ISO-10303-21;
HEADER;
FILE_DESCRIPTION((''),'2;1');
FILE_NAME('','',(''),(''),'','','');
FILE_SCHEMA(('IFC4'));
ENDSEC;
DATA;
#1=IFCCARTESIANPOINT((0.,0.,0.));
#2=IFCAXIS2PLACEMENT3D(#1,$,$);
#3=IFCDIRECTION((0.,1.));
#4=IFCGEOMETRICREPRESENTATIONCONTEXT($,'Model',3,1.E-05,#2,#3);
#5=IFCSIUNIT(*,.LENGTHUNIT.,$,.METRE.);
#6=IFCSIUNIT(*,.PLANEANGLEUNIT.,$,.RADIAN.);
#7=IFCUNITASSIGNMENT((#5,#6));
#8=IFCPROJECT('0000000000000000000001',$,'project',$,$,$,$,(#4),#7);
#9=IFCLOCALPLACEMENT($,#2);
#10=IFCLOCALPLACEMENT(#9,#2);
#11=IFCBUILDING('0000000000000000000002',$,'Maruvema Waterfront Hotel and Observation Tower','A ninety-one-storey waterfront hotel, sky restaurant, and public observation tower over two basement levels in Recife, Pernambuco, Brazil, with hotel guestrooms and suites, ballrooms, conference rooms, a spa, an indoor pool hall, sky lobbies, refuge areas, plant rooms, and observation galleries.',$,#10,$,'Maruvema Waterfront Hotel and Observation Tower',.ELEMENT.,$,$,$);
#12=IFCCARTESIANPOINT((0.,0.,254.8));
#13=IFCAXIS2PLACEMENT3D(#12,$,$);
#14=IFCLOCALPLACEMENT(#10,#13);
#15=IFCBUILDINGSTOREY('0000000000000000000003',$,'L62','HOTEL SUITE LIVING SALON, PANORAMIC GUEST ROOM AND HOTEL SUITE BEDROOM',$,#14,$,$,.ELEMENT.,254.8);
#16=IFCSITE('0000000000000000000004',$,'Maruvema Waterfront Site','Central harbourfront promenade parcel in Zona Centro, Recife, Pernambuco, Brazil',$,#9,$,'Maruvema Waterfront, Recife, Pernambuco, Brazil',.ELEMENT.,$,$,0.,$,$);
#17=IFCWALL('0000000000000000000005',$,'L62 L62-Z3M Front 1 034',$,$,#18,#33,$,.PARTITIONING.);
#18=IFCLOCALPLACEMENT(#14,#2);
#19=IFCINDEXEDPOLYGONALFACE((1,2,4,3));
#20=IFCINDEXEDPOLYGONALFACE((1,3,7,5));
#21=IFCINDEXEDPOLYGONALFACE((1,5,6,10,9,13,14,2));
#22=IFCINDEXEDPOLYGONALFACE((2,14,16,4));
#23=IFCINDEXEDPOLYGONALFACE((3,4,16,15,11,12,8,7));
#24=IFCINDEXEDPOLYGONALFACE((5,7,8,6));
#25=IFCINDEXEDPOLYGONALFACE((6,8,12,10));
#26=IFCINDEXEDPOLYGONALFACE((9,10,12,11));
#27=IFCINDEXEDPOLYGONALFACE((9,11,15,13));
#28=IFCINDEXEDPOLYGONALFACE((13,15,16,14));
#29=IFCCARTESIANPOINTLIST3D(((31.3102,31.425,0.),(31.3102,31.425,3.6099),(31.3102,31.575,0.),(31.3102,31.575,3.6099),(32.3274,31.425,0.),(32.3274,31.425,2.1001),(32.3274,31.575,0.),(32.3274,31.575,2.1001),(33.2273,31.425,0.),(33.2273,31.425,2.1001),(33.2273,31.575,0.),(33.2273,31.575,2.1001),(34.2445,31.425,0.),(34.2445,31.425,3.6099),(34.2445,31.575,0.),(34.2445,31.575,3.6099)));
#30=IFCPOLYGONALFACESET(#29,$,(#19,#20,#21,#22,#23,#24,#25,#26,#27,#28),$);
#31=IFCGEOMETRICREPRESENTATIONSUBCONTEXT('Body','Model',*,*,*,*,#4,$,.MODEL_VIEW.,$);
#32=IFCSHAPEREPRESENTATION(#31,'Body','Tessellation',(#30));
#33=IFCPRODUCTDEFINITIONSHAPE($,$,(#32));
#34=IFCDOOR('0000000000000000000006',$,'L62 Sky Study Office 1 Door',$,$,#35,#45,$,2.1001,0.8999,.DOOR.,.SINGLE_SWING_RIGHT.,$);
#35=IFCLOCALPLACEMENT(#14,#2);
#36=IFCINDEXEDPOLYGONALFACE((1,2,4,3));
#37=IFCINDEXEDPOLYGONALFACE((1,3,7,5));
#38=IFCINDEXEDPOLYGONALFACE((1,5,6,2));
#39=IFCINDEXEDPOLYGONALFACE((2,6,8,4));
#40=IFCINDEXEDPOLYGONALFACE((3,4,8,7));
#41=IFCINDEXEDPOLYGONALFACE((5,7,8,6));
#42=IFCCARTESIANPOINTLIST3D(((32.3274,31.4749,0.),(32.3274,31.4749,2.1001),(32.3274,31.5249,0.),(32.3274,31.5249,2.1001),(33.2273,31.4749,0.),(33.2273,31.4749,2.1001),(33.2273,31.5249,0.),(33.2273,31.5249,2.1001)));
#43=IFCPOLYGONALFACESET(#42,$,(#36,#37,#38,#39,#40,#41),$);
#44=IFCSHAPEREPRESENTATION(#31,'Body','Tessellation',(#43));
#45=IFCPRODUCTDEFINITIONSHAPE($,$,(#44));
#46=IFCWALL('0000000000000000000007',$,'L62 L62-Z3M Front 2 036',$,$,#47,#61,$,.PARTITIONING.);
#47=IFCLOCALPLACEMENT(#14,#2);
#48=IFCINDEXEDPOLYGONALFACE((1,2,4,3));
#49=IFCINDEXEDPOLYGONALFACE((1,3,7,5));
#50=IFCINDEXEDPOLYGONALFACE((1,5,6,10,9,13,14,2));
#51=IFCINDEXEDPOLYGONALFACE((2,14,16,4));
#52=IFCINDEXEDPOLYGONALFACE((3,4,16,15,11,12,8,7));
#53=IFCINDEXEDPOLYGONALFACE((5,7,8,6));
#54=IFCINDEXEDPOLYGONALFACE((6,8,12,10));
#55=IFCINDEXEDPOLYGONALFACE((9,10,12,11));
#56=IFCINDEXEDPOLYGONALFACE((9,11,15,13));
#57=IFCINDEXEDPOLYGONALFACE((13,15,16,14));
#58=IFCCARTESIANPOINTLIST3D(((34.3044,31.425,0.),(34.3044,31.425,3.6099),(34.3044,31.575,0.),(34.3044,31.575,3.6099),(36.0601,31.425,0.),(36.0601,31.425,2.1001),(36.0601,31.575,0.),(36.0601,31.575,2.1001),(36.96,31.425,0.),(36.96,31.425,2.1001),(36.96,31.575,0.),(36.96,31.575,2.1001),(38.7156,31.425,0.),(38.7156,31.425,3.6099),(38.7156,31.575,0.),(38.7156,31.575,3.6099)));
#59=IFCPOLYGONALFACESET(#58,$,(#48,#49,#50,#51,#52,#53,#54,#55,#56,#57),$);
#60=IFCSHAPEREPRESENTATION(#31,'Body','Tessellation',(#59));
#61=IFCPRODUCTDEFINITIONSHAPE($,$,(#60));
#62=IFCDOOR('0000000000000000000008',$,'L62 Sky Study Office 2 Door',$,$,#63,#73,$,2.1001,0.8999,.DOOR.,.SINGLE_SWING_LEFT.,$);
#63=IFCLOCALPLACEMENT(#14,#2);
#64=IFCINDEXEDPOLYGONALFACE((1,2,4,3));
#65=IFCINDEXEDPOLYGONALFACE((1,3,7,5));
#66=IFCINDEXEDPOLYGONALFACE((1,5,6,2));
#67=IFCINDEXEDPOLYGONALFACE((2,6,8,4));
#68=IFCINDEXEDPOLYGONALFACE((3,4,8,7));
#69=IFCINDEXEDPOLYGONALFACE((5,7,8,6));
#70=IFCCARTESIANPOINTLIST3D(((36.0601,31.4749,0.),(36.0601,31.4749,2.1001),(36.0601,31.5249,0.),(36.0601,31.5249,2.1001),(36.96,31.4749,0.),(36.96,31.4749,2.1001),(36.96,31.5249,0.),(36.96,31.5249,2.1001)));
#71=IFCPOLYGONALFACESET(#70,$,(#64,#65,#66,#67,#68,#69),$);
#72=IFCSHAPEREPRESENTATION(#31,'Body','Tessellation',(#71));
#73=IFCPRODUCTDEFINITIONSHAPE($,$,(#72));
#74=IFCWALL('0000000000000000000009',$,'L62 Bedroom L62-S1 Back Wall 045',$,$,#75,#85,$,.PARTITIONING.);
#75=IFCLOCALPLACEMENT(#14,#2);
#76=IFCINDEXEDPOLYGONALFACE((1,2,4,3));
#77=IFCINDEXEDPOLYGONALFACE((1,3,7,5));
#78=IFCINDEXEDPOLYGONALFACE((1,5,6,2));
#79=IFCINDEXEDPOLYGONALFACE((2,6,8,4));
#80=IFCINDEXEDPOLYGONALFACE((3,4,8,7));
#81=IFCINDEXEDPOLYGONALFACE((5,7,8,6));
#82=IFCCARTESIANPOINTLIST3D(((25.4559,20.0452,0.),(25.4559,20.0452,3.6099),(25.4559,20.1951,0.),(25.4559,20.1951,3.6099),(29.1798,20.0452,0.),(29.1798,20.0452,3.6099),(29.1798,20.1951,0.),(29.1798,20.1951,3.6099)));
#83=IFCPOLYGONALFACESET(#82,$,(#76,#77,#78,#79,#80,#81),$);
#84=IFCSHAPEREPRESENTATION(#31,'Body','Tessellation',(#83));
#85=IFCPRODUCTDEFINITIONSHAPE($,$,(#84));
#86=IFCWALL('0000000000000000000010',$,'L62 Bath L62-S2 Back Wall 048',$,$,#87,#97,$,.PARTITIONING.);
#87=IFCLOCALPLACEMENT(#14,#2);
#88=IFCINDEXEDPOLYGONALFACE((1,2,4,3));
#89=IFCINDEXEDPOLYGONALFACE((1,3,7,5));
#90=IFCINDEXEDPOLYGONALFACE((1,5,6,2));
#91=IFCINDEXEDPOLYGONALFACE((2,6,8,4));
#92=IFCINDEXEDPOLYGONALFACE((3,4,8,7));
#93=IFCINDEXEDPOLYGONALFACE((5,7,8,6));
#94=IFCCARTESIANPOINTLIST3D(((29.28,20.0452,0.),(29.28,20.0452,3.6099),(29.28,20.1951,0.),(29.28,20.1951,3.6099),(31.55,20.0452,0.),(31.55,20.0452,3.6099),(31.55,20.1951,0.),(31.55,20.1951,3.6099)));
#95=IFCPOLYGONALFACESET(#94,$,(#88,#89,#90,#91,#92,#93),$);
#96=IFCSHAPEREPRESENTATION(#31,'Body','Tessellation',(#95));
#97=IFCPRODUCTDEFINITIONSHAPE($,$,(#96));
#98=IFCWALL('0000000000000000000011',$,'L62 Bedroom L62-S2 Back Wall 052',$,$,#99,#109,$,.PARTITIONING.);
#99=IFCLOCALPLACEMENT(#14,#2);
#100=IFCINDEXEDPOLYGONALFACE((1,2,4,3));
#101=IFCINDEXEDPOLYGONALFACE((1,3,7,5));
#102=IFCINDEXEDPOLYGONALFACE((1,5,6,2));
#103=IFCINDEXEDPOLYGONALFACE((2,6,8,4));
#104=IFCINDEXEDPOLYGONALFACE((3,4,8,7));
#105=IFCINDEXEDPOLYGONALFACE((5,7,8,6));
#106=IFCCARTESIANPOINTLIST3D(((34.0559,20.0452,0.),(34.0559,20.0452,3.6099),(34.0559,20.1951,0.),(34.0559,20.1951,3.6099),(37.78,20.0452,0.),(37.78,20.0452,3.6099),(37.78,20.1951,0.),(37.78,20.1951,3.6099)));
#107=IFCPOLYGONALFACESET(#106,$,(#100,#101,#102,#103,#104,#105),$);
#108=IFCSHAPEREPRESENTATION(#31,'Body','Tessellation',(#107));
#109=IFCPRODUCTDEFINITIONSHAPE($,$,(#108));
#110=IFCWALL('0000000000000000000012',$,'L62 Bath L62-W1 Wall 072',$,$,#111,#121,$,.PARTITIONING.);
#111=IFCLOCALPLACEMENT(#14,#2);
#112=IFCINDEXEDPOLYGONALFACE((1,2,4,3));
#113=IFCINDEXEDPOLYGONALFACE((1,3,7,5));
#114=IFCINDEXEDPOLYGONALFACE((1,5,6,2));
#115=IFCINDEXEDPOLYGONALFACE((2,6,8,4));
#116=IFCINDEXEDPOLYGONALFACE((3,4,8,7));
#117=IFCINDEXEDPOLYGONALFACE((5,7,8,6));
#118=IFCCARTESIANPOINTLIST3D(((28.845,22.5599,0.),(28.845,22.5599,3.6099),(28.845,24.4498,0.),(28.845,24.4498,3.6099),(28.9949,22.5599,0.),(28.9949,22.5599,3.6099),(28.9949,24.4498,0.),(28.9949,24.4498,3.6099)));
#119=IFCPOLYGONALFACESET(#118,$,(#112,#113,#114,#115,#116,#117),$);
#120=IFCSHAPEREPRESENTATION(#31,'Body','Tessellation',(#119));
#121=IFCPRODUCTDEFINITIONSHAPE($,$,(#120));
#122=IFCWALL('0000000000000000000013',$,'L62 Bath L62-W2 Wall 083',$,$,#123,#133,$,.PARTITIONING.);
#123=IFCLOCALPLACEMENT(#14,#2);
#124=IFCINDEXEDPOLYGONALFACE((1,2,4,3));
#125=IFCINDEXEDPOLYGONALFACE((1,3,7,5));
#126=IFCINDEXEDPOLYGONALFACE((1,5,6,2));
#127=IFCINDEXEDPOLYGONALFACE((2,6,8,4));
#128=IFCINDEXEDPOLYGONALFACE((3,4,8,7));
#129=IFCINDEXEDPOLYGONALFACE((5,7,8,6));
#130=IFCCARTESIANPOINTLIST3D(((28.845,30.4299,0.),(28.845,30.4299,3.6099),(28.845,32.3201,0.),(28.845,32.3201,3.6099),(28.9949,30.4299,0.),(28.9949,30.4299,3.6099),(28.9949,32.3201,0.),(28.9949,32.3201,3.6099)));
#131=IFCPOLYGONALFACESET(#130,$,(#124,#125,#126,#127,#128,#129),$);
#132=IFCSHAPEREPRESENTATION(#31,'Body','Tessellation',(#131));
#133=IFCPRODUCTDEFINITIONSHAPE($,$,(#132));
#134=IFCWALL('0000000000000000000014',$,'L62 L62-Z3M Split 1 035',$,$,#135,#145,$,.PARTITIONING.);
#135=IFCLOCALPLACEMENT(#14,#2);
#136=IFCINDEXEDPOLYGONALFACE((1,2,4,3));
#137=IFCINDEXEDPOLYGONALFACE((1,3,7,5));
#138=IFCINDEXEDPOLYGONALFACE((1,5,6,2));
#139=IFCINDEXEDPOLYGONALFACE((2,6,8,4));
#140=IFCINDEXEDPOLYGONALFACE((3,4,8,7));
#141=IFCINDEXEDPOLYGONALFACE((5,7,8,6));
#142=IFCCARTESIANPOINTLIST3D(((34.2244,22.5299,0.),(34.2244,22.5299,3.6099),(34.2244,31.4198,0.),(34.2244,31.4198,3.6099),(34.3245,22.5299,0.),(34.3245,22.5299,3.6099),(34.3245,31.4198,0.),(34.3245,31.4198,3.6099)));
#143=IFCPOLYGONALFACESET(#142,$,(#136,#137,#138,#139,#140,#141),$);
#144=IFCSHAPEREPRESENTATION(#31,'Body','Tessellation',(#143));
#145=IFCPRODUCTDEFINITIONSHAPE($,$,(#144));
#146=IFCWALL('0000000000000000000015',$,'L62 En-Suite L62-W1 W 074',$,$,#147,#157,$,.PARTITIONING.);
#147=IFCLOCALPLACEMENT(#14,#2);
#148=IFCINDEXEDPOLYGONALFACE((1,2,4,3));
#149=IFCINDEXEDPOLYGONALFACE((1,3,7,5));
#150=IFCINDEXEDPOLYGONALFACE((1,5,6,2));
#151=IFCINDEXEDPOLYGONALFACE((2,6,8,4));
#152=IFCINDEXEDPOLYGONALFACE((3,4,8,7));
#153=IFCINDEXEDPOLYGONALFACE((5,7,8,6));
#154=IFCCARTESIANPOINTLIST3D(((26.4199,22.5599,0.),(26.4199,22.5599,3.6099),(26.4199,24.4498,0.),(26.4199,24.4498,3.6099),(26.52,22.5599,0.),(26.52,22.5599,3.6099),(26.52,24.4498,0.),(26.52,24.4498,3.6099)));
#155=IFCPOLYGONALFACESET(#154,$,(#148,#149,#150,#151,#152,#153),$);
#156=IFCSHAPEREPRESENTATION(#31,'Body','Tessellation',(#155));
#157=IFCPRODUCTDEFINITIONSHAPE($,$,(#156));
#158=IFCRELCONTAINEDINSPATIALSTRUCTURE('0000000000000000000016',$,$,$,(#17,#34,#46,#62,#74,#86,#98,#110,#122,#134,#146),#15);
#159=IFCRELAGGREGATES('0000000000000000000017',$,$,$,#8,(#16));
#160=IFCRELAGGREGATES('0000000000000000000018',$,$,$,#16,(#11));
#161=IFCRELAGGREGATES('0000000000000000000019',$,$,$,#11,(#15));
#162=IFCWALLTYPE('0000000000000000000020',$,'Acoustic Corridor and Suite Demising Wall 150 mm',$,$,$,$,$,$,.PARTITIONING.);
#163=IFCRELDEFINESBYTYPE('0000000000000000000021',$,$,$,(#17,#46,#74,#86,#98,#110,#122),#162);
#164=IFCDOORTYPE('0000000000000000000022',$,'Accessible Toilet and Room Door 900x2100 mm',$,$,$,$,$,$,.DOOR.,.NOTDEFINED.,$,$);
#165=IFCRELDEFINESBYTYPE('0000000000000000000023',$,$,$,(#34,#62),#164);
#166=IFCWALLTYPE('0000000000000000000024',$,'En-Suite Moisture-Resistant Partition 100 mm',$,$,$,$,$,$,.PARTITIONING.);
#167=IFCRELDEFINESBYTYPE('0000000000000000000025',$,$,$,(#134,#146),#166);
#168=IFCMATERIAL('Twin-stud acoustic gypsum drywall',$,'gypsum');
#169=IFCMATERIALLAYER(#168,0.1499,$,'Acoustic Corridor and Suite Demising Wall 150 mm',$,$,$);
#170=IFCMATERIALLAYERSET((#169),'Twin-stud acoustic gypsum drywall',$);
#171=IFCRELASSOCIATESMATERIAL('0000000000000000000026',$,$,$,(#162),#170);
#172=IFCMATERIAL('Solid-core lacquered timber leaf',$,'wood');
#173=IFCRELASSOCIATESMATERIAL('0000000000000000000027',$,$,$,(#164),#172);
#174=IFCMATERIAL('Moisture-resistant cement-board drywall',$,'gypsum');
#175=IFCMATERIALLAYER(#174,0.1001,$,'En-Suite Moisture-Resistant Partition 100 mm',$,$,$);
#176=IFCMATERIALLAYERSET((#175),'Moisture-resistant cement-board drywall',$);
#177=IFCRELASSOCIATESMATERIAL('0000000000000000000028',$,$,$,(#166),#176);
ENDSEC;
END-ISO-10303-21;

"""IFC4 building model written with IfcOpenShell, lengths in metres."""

from ifc_helpers import new_model, si_unit, direction, frame, frame_2d, origin, place, context, subcontext, project, spatial, rectangle, extrude, material, layer, layer_set, type_object, element, fill, save


model = new_model("IFC4")

# Units and contexts
model_context = context("Model", 3, precision=1e-05, world=origin(), true_north=direction((0.0, 1.0)))
body_context = subcontext(model_context, "Body", "Model", "MODEL_VIEW")
ifc_project = project(units=[si_unit("LENGTHUNIT", "METRE"), si_unit("PLANEANGLEUNIT", "RADIAN")], contexts=[model_context])

# Site, building, storey
site_placement = place(None, origin())
site = spatial("IfcSite", under=ifc_project, at=site_placement, Name="Maruvema Waterfront Site", Description="Central harbourfront promenade parcel in Zona Centro, Recife, Pernambuco, Brazil", LongName="Maruvema Waterfront, Recife, Pernambuco, Brazil", CompositionType="ELEMENT", RefElevation=0.0)
building_placement = place(site_placement, origin())
building = spatial("IfcBuilding", under=site, at=building_placement, Name="Maruvema Waterfront Hotel and Observation Tower", Description="A ninety-one-storey waterfront hotel, sky restaurant, and public observation tower over two basement levels in Recife, Pernambuco, Brazil, with hotel guestrooms and suites, ballrooms, conference rooms, a spa, an indoor pool hall, sky lobbies, refuge areas, plant rooms, and observation galleries.", LongName="Maruvema Waterfront Hotel and Observation Tower", CompositionType="ELEMENT")
storey_placement = place(building_placement, frame((0.0, 0.0, 254.8)))
storey = spatial("IfcBuildingStorey", under=building, at=storey_placement, Name="L62", Description="HOTEL SUITE LIVING SALON, PANORAMIC GUEST ROOM AND HOTEL SUITE BEDROOM", CompositionType="ELEMENT", Elevation=254.8)

# Shared definitions
ifc_material_1 = material(Name="Twin-stud acoustic gypsum drywall", Category="gypsum")
ifc_layer_1 = layer(ifc_material_1, 0.1499, Name="Acoustic Corridor and Suite Demising Wall 150 mm")
ifc_layer_set_1 = layer_set([ifc_layer_1], Name="Twin-stud acoustic gypsum drywall")
wall_type_1 = type_object("IfcWallType", Name="Acoustic Corridor and Suite Demising Wall 150 mm", PredefinedType="PARTITIONING", material=ifc_layer_set_1)

# Walls, openings, doors
wall_1_placement = place(storey_placement, frame((31.3101, 31.5, 0.0), z_axis=(0.0, 0.0, 1.0), x_axis=(1.0, 0.0, 0.0)))
wall_1 = element("IfcWall", 1, at=wall_1_placement, inside=storey, type_object=wall_type_1, Name="L62 L62-Z3M Front 1 034", PredefinedType="PARTITIONING", context=body_context, shape_type="SweptSolid", body=[
    extrude(rectangle(XDim=2.9343, YDim=0.1499, at=frame_2d((1.4673, 0.0))), origin(), (0.0, 0.0, 1.0), 3.6099),
])
opening_1_placement = place(wall_1_placement, frame((1.0173, 0.0, 0.0)))
opening_1 = element("IfcOpeningElement", 2, at=opening_1_placement, cuts=wall_1, PredefinedType="OPENING", context=body_context, shape_type="SweptSolid", body=[
    extrude(rectangle(XDim=0.8999, YDim=2.1001, at=frame_2d((0.45, 1.05))), frame((0.0, 0.085, 0.0), z_axis=(0.0, -1.0, 0.0), x_axis=(1.0, 0.0, 0.0)), (0.0, 0.0, 1.0), 0.1699),
])
ifc_material_2 = material(Name="Solid-core lacquered timber leaf", Category="wood")
door_type_1 = type_object("IfcDoorType", Name="Accessible Toilet and Room Door 900x2100 mm", OperationType="NOTDEFINED", PredefinedType="DOOR", material=ifc_material_2)
door_1_placement = place(opening_1_placement, origin())
door_1 = element("IfcDoor", 3, at=door_1_placement, inside=storey, type_object=door_type_1, Name="L62 Sky Study Office 1 Door", OperationType="SINGLE_SWING_RIGHT", OverallHeight=2.1001, OverallWidth=0.8999, PredefinedType="DOOR", context=body_context, shape_type="SweptSolid", body=[
    extrude(rectangle(XDim=0.8999, YDim=2.1001, at=frame_2d((0.45, 1.05))), frame((0.0, 0.0249, 0.0), z_axis=(0.0, -1.0, 0.0), x_axis=(1.0, 0.0, 0.0)), (0.0, 0.0, 1.0), 0.05),
])
fill(opening_1, door_1)
wall_2_placement = place(storey_placement, frame((34.3044, 31.5, 0.0), z_axis=(0.0, 0.0, 1.0), x_axis=(1.0, 0.0, 0.0)))
wall_2 = element("IfcWall", 4, at=wall_2_placement, inside=storey, type_object=wall_type_1, Name="L62 L62-Z3M Front 2 036", PredefinedType="PARTITIONING", context=body_context, shape_type="SweptSolid", body=[
    extrude(rectangle(XDim=4.4111, YDim=0.1499, at=frame_2d((2.2056, 0.0))), origin(), (0.0, 0.0, 1.0), 3.6099),
])
opening_2_placement = place(wall_2_placement, frame((1.7556, 0.0, 0.0)))
opening_2 = element("IfcOpeningElement", 5, at=opening_2_placement, cuts=wall_2, PredefinedType="OPENING", context=body_context, shape_type="SweptSolid", body=[
    extrude(rectangle(XDim=0.8999, YDim=2.1001, at=frame_2d((0.45, 1.05))), frame((0.0, 0.085, 0.0), z_axis=(0.0, -1.0, 0.0), x_axis=(1.0, 0.0, 0.0)), (0.0, 0.0, 1.0), 0.1699),
])
door_2_placement = place(opening_2_placement, origin())
door_2 = element("IfcDoor", 6, at=door_2_placement, inside=storey, type_object=door_type_1, Name="L62 Sky Study Office 2 Door", OperationType="SINGLE_SWING_LEFT", OverallHeight=2.1001, OverallWidth=0.8999, PredefinedType="DOOR", context=body_context, shape_type="SweptSolid", body=[
    extrude(rectangle(XDim=0.8999, YDim=2.1001, at=frame_2d((0.45, 1.05))), frame((0.0, 0.0249, 0.0), z_axis=(0.0, -1.0, 0.0), x_axis=(1.0, 0.0, 0.0)), (0.0, 0.0, 1.0), 0.05),
])
fill(opening_2, door_2)

# Walls
wall_3_placement = place(storey_placement, frame((25.4561, 20.1201, 0.0), z_axis=(0.0, 0.0, 1.0), x_axis=(1.0, 0.0, 0.0)))
element("IfcWall", 7, at=wall_3_placement, inside=storey, type_object=wall_type_1, Name="L62 Bedroom L62-S1 Back Wall 045", PredefinedType="PARTITIONING", context=body_context, shape_type="SweptSolid", body=[
    extrude(rectangle(XDim=3.7239, YDim=0.1499, at=frame_2d((1.8618, 0.0))), origin(), (0.0, 0.0, 1.0), 3.6099),
])
wall_4_placement = place(storey_placement, frame((29.28, 20.1201, 0.0), z_axis=(0.0, 0.0, 1.0), x_axis=(1.0, 0.0, 0.0)))
element("IfcWall", 8, at=wall_4_placement, inside=storey, type_object=wall_type_1, Name="L62 Bath L62-S2 Back Wall 048", PredefinedType="PARTITIONING", context=body_context, shape_type="SweptSolid", body=[
    extrude(rectangle(XDim=2.27, YDim=0.1499, at=frame_2d((1.135, 0.0))), origin(), (0.0, 0.0, 1.0), 3.6099),
])

# Walls
wall_5_placement = place(storey_placement, frame((34.0559, 20.1201, 0.0), z_axis=(0.0, 0.0, 1.0), x_axis=(1.0, 0.0, 0.0)))
element("IfcWall", 9, at=wall_5_placement, inside=storey, type_object=wall_type_1, Name="L62 Bedroom L62-S2 Back Wall 052", PredefinedType="PARTITIONING", context=body_context, shape_type="SweptSolid", body=[
    extrude(rectangle(XDim=3.7241, YDim=0.1499, at=frame_2d((1.8621, 0.0))), origin(), (0.0, 0.0, 1.0), 3.6099),
])
wall_6_placement = place(storey_placement, frame((28.9199, 22.5601, 0.0), z_axis=(0.0, 0.0, 1.0), x_axis=(0.0, 1.0, 0.0)))
element("IfcWall", 10, at=wall_6_placement, inside=storey, type_object=wall_type_1, Name="L62 Bath L62-W1 Wall 072", PredefinedType="PARTITIONING", context=body_context, shape_type="SweptSolid", body=[
    extrude(rectangle(XDim=1.8899, YDim=0.1499, at=frame_2d((0.9448, 0.0))), origin(), (0.0, 0.0, 1.0), 3.6099),
])

# Walls
wall_7_placement = place(storey_placement, frame((28.9199, 30.4299, 0.0), z_axis=(0.0, 0.0, 1.0), x_axis=(0.0, 1.0, 0.0)))
element("IfcWall", 11, at=wall_7_placement, inside=storey, type_object=wall_type_1, Name="L62 Bath L62-W2 Wall 083", PredefinedType="PARTITIONING", context=body_context, shape_type="SweptSolid", body=[
    extrude(rectangle(XDim=1.8901, YDim=0.1499, at=frame_2d((0.9451, 0.0))), origin(), (0.0, 0.0, 1.0), 3.6099),
])
ifc_material_3 = material(Name="Moisture-resistant cement-board drywall", Category="gypsum")
ifc_layer_2 = layer(ifc_material_3, 0.1001, Name="En-Suite Moisture-Resistant Partition 100 mm")
ifc_layer_set_2 = layer_set([ifc_layer_2], Name="Moisture-resistant cement-board drywall")
wall_type_2 = type_object("IfcWallType", Name="En-Suite Moisture-Resistant Partition 100 mm", PredefinedType="PARTITIONING", material=ifc_layer_set_2)
wall_8_placement = place(storey_placement, frame((34.2744, 22.53, 0.0), z_axis=(0.0, 0.0, 1.0), x_axis=(0.0, 1.0, 0.0)))
element("IfcWall", 12, at=wall_8_placement, inside=storey, type_object=wall_type_2, Name="L62 L62-Z3M Split 1 035", PredefinedType="PARTITIONING", context=body_context, shape_type="SweptSolid", body=[
    extrude(rectangle(XDim=8.8899, YDim=0.1001, at=frame_2d((4.4448, 0.0))), origin(), (0.0, 0.0, 1.0), 3.6099),
])
wall_9_placement = place(storey_placement, frame((26.47, 22.5601, 0.0), z_axis=(0.0, 0.0, 1.0), x_axis=(0.0, 1.0, 0.0)))
element("IfcWall", 13, at=wall_9_placement, inside=storey, type_object=wall_type_2, Name="L62 En-Suite L62-W1 W 074", PredefinedType="PARTITIONING", context=body_context, shape_type="SweptSolid", body=[
    extrude(rectangle(XDim=1.8899, YDim=0.1001, at=frame_2d((0.9448, 0.0))), origin(), (0.0, 0.0, 1.0), 3.6099),
])

save(model, "model.ifc")
